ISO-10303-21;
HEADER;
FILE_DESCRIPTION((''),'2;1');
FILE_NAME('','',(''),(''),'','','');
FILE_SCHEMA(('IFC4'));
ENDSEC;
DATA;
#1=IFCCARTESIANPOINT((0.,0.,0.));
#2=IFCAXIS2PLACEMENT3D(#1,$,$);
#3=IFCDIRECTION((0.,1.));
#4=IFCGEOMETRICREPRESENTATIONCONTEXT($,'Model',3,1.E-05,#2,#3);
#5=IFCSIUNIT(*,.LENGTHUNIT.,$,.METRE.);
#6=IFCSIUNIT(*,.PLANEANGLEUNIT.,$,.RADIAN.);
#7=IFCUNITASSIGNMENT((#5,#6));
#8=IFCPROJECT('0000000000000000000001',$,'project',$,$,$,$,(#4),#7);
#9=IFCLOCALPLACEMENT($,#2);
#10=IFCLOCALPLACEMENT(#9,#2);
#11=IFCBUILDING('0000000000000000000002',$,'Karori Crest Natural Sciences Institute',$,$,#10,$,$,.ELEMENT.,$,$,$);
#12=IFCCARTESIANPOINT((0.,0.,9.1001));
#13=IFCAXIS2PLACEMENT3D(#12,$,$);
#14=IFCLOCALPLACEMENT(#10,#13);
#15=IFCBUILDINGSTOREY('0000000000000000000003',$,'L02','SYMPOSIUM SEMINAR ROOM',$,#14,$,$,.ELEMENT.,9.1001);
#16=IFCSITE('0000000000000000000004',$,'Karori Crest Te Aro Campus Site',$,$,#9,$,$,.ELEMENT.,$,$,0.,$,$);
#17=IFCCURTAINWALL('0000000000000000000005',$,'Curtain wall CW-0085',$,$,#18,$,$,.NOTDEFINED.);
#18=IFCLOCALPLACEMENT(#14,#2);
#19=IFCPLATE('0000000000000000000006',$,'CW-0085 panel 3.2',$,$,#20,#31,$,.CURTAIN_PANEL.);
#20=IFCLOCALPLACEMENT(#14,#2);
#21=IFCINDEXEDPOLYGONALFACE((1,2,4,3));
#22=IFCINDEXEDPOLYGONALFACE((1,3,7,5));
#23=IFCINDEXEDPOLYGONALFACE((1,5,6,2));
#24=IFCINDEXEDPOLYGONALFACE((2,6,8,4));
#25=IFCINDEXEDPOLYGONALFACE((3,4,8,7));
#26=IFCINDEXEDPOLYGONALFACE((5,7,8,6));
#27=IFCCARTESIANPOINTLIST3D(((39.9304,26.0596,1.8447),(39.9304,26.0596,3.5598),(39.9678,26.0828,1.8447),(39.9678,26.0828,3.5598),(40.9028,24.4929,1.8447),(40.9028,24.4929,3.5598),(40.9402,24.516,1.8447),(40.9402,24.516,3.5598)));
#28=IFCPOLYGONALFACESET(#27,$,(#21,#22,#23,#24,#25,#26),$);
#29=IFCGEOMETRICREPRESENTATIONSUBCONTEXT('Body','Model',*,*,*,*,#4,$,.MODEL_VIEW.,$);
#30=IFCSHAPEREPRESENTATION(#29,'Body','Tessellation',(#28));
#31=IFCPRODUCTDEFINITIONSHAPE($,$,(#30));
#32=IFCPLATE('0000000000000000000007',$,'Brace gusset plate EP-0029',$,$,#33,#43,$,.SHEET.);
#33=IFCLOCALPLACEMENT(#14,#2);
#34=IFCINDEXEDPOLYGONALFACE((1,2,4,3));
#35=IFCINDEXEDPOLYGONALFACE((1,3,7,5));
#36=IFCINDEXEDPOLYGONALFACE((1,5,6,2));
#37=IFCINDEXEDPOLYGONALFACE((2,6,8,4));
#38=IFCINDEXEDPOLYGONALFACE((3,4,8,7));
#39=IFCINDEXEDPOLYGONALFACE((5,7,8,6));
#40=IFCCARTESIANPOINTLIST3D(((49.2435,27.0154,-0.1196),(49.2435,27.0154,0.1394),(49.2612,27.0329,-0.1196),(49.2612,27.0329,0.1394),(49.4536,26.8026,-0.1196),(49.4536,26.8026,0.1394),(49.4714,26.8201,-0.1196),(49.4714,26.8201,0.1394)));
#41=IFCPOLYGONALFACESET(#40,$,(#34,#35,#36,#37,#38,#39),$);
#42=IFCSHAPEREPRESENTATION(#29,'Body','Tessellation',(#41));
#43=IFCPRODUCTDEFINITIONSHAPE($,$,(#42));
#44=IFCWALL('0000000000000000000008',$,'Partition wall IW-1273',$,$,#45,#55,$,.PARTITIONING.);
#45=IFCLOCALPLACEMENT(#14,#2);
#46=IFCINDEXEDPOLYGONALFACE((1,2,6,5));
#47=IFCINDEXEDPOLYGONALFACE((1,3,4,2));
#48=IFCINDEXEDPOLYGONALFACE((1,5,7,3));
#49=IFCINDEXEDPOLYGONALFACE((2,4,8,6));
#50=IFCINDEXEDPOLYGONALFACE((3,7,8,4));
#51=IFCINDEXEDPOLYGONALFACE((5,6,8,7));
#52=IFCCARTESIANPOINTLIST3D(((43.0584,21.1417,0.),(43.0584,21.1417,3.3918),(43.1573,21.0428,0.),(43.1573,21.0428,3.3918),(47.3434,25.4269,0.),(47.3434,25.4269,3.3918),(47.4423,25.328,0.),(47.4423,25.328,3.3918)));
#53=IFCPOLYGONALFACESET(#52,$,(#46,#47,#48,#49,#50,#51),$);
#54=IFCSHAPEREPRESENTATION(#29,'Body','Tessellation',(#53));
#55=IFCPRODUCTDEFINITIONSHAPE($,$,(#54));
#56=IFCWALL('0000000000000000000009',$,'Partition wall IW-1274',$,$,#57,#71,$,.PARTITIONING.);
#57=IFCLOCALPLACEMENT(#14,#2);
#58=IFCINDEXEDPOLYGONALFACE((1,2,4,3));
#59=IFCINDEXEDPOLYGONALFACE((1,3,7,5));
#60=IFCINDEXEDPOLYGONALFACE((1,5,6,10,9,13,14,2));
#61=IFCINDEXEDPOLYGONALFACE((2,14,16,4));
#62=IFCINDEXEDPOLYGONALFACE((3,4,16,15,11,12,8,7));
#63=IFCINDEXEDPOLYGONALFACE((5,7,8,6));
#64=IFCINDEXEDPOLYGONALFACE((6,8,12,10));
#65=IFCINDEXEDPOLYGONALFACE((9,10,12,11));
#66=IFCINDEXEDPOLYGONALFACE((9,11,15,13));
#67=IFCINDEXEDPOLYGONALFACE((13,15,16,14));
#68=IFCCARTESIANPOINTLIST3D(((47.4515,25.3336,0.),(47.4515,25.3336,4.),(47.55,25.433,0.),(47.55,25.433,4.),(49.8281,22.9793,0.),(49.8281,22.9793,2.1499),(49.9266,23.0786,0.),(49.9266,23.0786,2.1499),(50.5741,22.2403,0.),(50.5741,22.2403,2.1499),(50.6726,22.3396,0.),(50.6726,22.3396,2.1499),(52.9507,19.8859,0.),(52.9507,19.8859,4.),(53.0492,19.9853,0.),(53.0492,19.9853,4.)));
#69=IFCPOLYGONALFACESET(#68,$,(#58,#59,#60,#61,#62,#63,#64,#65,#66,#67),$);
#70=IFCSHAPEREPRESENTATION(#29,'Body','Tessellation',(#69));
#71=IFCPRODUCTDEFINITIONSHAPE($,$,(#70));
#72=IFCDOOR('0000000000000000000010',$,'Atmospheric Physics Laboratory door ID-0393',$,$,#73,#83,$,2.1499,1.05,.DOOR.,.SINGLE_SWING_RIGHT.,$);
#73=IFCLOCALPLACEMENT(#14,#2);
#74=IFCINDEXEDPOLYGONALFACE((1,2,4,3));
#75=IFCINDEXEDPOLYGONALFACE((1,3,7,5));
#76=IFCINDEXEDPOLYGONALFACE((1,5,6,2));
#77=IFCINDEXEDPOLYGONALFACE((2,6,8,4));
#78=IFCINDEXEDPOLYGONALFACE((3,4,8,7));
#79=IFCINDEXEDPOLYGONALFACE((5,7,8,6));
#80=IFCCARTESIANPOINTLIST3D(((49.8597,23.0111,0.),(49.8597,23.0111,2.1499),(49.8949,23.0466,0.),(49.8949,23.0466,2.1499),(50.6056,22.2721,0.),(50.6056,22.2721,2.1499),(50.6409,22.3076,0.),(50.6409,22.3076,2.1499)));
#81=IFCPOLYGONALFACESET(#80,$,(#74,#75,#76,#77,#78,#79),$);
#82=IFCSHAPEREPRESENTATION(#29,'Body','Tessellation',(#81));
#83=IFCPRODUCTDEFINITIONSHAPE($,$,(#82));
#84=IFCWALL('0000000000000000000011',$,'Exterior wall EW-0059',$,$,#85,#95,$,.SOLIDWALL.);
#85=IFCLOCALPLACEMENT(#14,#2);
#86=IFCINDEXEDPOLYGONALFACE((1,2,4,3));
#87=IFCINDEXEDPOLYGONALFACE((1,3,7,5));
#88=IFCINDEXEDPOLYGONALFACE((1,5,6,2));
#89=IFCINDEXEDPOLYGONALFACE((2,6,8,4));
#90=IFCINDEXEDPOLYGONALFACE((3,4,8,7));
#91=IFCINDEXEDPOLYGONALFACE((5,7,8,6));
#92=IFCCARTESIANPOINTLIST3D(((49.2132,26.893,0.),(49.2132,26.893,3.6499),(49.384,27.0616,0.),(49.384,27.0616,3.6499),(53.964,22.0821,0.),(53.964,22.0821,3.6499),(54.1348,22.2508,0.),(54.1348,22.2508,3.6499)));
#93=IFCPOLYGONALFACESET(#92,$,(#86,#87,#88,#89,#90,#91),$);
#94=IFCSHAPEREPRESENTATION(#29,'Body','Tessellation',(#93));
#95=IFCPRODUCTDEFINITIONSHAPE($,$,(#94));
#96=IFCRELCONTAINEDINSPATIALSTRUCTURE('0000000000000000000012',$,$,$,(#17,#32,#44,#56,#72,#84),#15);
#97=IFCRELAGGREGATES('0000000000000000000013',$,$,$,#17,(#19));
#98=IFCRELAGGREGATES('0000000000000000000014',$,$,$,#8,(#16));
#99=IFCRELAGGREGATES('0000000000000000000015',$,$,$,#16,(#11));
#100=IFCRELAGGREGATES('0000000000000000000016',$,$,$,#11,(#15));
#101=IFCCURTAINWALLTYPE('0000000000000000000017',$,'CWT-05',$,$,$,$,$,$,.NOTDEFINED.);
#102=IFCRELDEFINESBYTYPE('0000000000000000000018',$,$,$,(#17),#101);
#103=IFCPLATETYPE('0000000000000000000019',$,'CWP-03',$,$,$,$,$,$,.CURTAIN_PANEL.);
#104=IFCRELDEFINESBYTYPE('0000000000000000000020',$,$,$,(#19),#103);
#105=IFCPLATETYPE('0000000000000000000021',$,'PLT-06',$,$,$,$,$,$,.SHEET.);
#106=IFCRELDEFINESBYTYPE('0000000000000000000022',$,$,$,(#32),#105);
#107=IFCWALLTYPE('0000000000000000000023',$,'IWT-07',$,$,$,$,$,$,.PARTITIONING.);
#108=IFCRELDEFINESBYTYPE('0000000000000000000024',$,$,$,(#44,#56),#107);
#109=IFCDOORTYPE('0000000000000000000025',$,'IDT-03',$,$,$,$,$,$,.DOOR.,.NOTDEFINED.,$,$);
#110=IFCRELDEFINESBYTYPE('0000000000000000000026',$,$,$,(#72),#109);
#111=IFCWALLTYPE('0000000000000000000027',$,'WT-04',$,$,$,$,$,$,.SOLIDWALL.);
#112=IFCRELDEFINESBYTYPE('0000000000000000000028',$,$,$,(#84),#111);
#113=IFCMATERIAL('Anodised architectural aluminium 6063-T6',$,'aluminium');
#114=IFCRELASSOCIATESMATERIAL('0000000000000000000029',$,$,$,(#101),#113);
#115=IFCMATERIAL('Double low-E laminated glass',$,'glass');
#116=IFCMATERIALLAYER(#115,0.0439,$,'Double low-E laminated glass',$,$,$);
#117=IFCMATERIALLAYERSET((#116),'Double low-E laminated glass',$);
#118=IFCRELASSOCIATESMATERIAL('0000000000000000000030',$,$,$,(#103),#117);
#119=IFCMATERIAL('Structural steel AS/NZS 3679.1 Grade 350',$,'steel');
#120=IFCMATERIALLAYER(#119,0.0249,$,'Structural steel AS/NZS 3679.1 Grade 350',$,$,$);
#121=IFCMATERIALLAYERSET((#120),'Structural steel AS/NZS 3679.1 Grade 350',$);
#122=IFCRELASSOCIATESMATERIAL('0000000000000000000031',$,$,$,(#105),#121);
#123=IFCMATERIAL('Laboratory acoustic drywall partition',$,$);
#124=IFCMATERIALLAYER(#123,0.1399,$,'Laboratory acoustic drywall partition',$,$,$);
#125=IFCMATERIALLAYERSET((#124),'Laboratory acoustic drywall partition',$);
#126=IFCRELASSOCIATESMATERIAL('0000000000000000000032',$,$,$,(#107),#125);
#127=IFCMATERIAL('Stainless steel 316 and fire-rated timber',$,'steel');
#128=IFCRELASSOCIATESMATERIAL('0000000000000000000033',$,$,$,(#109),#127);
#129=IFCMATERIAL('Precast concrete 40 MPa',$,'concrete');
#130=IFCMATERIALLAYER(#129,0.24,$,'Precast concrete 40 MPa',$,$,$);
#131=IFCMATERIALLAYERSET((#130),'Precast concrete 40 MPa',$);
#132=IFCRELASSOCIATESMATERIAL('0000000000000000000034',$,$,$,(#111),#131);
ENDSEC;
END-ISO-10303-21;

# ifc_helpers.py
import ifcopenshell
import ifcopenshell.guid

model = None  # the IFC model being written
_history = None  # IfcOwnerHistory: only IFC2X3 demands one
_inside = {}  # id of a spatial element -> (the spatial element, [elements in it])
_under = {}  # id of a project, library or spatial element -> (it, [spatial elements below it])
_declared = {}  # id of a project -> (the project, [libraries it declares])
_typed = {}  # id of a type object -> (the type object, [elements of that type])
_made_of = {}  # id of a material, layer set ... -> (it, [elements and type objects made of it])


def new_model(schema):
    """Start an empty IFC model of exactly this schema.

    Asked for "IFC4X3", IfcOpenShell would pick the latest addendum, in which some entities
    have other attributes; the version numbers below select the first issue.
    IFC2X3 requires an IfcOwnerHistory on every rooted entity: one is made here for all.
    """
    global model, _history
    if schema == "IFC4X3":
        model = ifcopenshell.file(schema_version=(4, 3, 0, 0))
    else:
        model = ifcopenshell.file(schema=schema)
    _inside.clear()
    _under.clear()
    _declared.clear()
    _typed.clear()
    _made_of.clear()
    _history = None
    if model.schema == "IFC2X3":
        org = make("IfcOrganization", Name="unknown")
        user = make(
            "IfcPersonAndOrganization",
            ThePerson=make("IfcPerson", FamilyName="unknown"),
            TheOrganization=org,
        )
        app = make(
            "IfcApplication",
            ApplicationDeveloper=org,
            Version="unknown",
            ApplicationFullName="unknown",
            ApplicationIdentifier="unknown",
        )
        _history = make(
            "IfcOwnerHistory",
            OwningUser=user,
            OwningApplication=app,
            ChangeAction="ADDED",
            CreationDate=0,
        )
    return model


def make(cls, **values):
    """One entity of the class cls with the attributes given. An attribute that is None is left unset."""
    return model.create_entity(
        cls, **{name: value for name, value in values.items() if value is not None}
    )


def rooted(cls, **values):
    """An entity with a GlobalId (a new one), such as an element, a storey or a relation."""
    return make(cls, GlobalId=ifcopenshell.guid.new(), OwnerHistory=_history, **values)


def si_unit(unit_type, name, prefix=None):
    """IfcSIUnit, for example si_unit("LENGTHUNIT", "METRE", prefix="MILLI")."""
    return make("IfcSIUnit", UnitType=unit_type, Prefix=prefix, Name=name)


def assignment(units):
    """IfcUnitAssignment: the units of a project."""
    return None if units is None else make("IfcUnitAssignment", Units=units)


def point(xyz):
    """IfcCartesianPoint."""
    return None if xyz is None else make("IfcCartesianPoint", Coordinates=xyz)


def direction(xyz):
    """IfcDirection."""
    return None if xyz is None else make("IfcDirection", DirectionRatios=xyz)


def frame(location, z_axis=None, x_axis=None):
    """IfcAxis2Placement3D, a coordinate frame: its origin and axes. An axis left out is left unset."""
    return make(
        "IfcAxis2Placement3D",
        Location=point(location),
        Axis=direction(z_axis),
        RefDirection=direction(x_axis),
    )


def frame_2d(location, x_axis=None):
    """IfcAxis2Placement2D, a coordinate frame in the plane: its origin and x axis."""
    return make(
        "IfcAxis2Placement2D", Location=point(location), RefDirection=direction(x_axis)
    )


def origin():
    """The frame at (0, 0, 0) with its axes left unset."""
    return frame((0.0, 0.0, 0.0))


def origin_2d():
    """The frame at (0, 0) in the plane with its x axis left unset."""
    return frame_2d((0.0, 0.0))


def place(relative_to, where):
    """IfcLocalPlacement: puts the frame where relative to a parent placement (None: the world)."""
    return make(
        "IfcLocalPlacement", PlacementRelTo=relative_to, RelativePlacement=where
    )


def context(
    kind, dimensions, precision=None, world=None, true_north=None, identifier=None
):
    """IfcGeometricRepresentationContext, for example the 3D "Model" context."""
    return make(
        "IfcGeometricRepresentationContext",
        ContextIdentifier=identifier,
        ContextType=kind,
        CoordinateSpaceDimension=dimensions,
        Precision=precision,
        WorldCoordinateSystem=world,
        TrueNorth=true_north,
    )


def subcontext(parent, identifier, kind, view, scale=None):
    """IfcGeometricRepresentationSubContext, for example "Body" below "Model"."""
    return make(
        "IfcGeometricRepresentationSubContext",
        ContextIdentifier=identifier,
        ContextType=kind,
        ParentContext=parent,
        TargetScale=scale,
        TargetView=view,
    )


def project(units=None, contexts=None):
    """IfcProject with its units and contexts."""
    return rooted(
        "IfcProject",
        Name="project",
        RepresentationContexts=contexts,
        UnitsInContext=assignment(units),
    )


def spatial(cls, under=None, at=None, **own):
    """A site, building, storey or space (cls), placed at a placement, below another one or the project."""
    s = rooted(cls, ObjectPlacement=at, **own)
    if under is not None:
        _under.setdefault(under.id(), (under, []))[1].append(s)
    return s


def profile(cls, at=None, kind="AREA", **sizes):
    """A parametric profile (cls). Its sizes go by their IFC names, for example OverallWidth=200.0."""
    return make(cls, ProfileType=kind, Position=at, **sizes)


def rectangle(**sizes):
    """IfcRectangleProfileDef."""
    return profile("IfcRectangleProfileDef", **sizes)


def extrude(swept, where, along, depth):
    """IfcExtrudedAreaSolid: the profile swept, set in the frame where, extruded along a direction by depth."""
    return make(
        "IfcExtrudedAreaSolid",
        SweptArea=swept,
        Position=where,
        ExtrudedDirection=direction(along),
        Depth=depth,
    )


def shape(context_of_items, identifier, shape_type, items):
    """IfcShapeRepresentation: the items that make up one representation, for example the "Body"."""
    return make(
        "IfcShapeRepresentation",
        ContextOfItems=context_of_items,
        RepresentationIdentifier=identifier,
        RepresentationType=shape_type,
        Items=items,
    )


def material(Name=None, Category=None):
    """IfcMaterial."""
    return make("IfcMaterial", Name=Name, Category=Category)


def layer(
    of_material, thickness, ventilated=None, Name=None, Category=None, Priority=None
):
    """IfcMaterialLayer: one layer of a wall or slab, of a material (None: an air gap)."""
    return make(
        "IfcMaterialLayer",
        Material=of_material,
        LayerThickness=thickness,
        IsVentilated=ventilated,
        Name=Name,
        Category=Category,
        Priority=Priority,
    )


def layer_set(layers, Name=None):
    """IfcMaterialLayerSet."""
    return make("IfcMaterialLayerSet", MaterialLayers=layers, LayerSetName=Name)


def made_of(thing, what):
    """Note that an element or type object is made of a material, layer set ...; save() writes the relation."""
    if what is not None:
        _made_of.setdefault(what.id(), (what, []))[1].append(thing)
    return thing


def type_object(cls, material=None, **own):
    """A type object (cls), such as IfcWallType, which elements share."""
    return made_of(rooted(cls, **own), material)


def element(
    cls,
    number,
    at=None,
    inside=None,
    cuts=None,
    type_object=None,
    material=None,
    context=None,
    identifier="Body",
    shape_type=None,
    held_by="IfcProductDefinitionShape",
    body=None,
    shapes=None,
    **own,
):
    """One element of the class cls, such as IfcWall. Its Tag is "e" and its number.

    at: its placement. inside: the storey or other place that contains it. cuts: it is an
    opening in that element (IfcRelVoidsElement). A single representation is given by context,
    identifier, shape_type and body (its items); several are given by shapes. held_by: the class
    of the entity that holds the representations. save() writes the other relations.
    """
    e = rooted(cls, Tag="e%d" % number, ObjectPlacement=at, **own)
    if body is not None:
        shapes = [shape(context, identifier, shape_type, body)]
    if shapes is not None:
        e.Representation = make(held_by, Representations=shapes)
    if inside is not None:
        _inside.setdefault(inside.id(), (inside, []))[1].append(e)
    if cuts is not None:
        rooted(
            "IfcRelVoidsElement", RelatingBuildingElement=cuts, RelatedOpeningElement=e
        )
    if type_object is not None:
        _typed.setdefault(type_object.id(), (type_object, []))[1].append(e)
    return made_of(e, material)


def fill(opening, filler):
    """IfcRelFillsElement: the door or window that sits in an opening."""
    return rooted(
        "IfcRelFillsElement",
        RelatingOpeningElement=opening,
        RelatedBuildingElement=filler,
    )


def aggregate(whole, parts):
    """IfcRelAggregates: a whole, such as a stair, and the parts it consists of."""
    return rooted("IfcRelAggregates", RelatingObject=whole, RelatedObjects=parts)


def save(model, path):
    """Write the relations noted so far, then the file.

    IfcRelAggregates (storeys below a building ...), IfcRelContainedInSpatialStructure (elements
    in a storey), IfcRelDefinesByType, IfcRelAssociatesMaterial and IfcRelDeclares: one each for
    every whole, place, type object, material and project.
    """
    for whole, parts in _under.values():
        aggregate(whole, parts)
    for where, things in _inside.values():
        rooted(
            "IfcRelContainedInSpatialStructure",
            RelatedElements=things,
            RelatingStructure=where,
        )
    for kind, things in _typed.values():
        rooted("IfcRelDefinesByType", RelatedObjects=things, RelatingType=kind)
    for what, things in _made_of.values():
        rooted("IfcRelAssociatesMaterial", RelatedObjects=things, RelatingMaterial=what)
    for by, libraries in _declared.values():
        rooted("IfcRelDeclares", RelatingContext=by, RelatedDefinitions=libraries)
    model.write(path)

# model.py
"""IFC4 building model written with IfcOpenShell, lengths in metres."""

from ifc_helpers import new_model, si_unit, direction, frame, frame_2d, origin, origin_2d, place, context, subcontext, project, spatial, rectangle, extrude, material, layer, layer_set, type_object, element, fill, aggregate, save


model = new_model("IFC4")

# Units and contexts
model_context = context("Model", 3, precision=1e-05, world=origin(), true_north=direction((0.0, 1.0)))
body_context = subcontext(model_context, "Body", "Model", "MODEL_VIEW")
ifc_project = project(units=[si_unit("LENGTHUNIT", "METRE"), si_unit("PLANEANGLEUNIT", "RADIAN")], contexts=[model_context])

# Site, building, storey
site_placement = place(None, origin())
site = spatial("IfcSite", under=ifc_project, at=site_placement, Name="Karori Crest Te Aro Campus Site", CompositionType="ELEMENT", RefElevation=0.0)
building_placement = place(site_placement, origin())
building = spatial("IfcBuilding", under=site, at=building_placement, Name="Karori Crest Natural Sciences Institute", CompositionType="ELEMENT")
storey_placement = place(building_placement, frame((0.0, 0.0, 9.1001)))
storey = spatial("IfcBuildingStorey", under=building, at=storey_placement, Name="L02", Description="SYMPOSIUM SEMINAR ROOM", CompositionType="ELEMENT", Elevation=9.1001)

# Shared definitions
ifc_material_1 = material(Name="Structural steel AS/NZS 3679.1 Grade 350", Category="steel")

# Shared definitions
ifc_material_2 = material(Name="Anodised architectural aluminium 6063-T6", Category="aluminium")

# Curtain wall
curtain_wall_type_1 = type_object("IfcCurtainWallType", Name="CWT-05", PredefinedType="NOTDEFINED", material=ifc_material_2)
curtain_wall_1_placement = place(storey_placement, origin())
curtain_wall_1 = element("IfcCurtainWall", 1, at=curtain_wall_1_placement, inside=storey, type_object=curtain_wall_type_1, Name="Curtain wall CW-0085", PredefinedType="NOTDEFINED")

# Plates
ifc_material_3 = material(Name="Double low-E laminated glass", Category="glass")
ifc_layer_1 = layer(ifc_material_3, 0.0439, Name="Double low-E laminated glass")
ifc_layer_set_1 = layer_set([ifc_layer_1], Name="Double low-E laminated glass")
plate_type_1 = type_object("IfcPlateType", Name="CWP-03", PredefinedType="CURTAIN_PANEL", material=ifc_layer_set_1)
plate_1_placement = place(storey_placement, frame((40.4353, 25.2878, 1.8447), z_axis=(0.0, 0.0, 1.0), x_axis=(-0.527322, 0.849666, 0.0)))
plate_1 = element("IfcPlate", 2, at=plate_1_placement, type_object=plate_type_1, Name="CW-0085 panel 3.2", PredefinedType="CURTAIN_PANEL", context=body_context, shape_type="SweptSolid", body=[
    extrude(rectangle(XDim=1.844, YDim=0.0439, at=origin_2d()), origin(), (0.0, 0.0, 1.0), 1.7151),
])
aggregate(curtain_wall_1, [plate_1])
ifc_layer_2 = layer(ifc_material_1, 0.0249, Name="Structural steel AS/NZS 3679.1 Grade 350")
ifc_layer_set_2 = layer_set([ifc_layer_2], Name="Structural steel AS/NZS 3679.1 Grade 350")
plate_type_2 = type_object("IfcPlateType", Name="PLT-06", PredefinedType="SHEET", material=ifc_layer_set_2)
plate_2_placement = place(storey_placement, frame((49.3574, 26.9177, -0.1196), z_axis=(0.0, 0.0, 1.0), x_axis=(-0.702664, 0.711522, 0.0)))
element("IfcPlate", 3, at=plate_2_placement, inside=storey, type_object=plate_type_2, Name="Brace gusset plate EP-0029", PredefinedType="SHEET", context=body_context, shape_type="SweptSolid", body=[
    extrude(rectangle(XDim=0.2991, YDim=0.0249, at=origin_2d()), origin(), (0.0, 0.0, 1.0), 0.259),
])

# Wall
ifc_material_4 = material(Name="Laboratory acoustic drywall partition")
ifc_layer_3 = layer(ifc_material_4, 0.1399, Name="Laboratory acoustic drywall partition")
ifc_layer_set_3 = layer_set([ifc_layer_3], Name="Laboratory acoustic drywall partition")
wall_type_1 = type_object("IfcWallType", Name="IWT-07", PredefinedType="PARTITIONING", material=ifc_layer_set_3)
wall_1_placement = place(storey_placement, frame((47.3928, 25.3774, 0.0), z_axis=(0.0, 0.0, 1.0), x_axis=(-0.707087, -0.707127, 0.0)))
element("IfcWall", 4, at=wall_1_placement, inside=storey, type_object=wall_type_1, Name="Partition wall IW-1273", PredefinedType="PARTITIONING", context=body_context, shape_type="SweptSolid", body=[
    extrude(rectangle(XDim=6.0601, YDim=0.1399, at=frame_2d((3.03, 0.0))), origin(), (0.0, 0.0, 1.0), 3.3918),
])

# Wall, opening, door
wall_2_placement = place(storey_placement, frame((47.5007, 25.3833, 0.0), z_axis=(0.0, 0.0, 1.0), x_axis=(0.710426, -0.703772, 0.0)))
wall_2 = element("IfcWall", 5, at=wall_2_placement, inside=storey, type_object=wall_type_1, Name="Partition wall IW-1274", PredefinedType="PARTITIONING", context=body_context, shape_type="SweptSolid", body=[
    extrude(rectangle(XDim=7.7407, YDim=0.1399, at=frame_2d((3.8704, 0.0))), origin(), (0.0, 0.0, 1.0), 4.0),
])
opening_placement = place(wall_2_placement, frame((3.3455, 0.0, 0.0)))
opening = element("IfcOpeningElement", 6, at=opening_placement, cuts=wall_2, PredefinedType="OPENING", context=body_context, shape_type="SweptSolid", body=[
    extrude(rectangle(XDim=1.05, YDim=2.1499, at=frame_2d((0.5249, 1.075))), frame((0.0, 0.0801, 0.0), z_axis=(0.0, -1.0, 0.0), x_axis=(1.0, 0.0, 0.0)), (0.0, 0.0, 1.0), 0.1599),
])
ifc_material_5 = material(Name="Stainless steel 316 and fire-rated timber", Category="steel")
door_type = type_object("IfcDoorType", Name="IDT-03", OperationType="NOTDEFINED", PredefinedType="DOOR", material=ifc_material_5)
door_placement = place(opening_placement, origin())
door = element("IfcDoor", 7, at=door_placement, inside=storey, type_object=door_type, Name="Atmospheric Physics Laboratory door ID-0393", OperationType="SINGLE_SWING_RIGHT", OverallHeight=2.1499, OverallWidth=1.05, PredefinedType="DOOR", context=body_context, shape_type="SweptSolid", body=[
    extrude(rectangle(XDim=1.05, YDim=2.1499, at=frame_2d((0.5249, 1.075))), frame((0.0, 0.0249, 0.0), z_axis=(0.0, -1.0, 0.0), x_axis=(1.0, 0.0, 0.0)), (0.0, 0.0, 1.0), 0.05),
])
fill(opening, door)

# Wall
ifc_material_6 = material(Name="Precast concrete 40 MPa", Category="concrete")
ifc_layer_4 = layer(ifc_material_6, 0.24, Name="Precast concrete 40 MPa")
ifc_layer_set_4 = layer_set([ifc_layer_4], Name="Precast concrete 40 MPa")
wall_type_2 = type_object("IfcWallType", Name="WT-04", PredefinedType="SOLIDWALL", material=ifc_layer_set_4)
wall_3_placement = place(storey_placement, frame((49.2986, 26.9773, 0.0), z_axis=(0.0, 0.0, 1.0), x_axis=(0.702651, -0.711534, 0.0)))
element("IfcWall", 8, at=wall_3_placement, inside=storey, type_object=wall_type_2, Name="Exterior wall EW-0059", PredefinedType="SOLIDWALL", context=body_context, shape_type="SweptSolid", body=[
    extrude(rectangle(XDim=6.7612, YDim=0.24, at=frame_2d((3.3806, 0.0))), origin(), (0.0, 0.0, 1.0), 3.6499),
])

save(model, "model.ifc")
